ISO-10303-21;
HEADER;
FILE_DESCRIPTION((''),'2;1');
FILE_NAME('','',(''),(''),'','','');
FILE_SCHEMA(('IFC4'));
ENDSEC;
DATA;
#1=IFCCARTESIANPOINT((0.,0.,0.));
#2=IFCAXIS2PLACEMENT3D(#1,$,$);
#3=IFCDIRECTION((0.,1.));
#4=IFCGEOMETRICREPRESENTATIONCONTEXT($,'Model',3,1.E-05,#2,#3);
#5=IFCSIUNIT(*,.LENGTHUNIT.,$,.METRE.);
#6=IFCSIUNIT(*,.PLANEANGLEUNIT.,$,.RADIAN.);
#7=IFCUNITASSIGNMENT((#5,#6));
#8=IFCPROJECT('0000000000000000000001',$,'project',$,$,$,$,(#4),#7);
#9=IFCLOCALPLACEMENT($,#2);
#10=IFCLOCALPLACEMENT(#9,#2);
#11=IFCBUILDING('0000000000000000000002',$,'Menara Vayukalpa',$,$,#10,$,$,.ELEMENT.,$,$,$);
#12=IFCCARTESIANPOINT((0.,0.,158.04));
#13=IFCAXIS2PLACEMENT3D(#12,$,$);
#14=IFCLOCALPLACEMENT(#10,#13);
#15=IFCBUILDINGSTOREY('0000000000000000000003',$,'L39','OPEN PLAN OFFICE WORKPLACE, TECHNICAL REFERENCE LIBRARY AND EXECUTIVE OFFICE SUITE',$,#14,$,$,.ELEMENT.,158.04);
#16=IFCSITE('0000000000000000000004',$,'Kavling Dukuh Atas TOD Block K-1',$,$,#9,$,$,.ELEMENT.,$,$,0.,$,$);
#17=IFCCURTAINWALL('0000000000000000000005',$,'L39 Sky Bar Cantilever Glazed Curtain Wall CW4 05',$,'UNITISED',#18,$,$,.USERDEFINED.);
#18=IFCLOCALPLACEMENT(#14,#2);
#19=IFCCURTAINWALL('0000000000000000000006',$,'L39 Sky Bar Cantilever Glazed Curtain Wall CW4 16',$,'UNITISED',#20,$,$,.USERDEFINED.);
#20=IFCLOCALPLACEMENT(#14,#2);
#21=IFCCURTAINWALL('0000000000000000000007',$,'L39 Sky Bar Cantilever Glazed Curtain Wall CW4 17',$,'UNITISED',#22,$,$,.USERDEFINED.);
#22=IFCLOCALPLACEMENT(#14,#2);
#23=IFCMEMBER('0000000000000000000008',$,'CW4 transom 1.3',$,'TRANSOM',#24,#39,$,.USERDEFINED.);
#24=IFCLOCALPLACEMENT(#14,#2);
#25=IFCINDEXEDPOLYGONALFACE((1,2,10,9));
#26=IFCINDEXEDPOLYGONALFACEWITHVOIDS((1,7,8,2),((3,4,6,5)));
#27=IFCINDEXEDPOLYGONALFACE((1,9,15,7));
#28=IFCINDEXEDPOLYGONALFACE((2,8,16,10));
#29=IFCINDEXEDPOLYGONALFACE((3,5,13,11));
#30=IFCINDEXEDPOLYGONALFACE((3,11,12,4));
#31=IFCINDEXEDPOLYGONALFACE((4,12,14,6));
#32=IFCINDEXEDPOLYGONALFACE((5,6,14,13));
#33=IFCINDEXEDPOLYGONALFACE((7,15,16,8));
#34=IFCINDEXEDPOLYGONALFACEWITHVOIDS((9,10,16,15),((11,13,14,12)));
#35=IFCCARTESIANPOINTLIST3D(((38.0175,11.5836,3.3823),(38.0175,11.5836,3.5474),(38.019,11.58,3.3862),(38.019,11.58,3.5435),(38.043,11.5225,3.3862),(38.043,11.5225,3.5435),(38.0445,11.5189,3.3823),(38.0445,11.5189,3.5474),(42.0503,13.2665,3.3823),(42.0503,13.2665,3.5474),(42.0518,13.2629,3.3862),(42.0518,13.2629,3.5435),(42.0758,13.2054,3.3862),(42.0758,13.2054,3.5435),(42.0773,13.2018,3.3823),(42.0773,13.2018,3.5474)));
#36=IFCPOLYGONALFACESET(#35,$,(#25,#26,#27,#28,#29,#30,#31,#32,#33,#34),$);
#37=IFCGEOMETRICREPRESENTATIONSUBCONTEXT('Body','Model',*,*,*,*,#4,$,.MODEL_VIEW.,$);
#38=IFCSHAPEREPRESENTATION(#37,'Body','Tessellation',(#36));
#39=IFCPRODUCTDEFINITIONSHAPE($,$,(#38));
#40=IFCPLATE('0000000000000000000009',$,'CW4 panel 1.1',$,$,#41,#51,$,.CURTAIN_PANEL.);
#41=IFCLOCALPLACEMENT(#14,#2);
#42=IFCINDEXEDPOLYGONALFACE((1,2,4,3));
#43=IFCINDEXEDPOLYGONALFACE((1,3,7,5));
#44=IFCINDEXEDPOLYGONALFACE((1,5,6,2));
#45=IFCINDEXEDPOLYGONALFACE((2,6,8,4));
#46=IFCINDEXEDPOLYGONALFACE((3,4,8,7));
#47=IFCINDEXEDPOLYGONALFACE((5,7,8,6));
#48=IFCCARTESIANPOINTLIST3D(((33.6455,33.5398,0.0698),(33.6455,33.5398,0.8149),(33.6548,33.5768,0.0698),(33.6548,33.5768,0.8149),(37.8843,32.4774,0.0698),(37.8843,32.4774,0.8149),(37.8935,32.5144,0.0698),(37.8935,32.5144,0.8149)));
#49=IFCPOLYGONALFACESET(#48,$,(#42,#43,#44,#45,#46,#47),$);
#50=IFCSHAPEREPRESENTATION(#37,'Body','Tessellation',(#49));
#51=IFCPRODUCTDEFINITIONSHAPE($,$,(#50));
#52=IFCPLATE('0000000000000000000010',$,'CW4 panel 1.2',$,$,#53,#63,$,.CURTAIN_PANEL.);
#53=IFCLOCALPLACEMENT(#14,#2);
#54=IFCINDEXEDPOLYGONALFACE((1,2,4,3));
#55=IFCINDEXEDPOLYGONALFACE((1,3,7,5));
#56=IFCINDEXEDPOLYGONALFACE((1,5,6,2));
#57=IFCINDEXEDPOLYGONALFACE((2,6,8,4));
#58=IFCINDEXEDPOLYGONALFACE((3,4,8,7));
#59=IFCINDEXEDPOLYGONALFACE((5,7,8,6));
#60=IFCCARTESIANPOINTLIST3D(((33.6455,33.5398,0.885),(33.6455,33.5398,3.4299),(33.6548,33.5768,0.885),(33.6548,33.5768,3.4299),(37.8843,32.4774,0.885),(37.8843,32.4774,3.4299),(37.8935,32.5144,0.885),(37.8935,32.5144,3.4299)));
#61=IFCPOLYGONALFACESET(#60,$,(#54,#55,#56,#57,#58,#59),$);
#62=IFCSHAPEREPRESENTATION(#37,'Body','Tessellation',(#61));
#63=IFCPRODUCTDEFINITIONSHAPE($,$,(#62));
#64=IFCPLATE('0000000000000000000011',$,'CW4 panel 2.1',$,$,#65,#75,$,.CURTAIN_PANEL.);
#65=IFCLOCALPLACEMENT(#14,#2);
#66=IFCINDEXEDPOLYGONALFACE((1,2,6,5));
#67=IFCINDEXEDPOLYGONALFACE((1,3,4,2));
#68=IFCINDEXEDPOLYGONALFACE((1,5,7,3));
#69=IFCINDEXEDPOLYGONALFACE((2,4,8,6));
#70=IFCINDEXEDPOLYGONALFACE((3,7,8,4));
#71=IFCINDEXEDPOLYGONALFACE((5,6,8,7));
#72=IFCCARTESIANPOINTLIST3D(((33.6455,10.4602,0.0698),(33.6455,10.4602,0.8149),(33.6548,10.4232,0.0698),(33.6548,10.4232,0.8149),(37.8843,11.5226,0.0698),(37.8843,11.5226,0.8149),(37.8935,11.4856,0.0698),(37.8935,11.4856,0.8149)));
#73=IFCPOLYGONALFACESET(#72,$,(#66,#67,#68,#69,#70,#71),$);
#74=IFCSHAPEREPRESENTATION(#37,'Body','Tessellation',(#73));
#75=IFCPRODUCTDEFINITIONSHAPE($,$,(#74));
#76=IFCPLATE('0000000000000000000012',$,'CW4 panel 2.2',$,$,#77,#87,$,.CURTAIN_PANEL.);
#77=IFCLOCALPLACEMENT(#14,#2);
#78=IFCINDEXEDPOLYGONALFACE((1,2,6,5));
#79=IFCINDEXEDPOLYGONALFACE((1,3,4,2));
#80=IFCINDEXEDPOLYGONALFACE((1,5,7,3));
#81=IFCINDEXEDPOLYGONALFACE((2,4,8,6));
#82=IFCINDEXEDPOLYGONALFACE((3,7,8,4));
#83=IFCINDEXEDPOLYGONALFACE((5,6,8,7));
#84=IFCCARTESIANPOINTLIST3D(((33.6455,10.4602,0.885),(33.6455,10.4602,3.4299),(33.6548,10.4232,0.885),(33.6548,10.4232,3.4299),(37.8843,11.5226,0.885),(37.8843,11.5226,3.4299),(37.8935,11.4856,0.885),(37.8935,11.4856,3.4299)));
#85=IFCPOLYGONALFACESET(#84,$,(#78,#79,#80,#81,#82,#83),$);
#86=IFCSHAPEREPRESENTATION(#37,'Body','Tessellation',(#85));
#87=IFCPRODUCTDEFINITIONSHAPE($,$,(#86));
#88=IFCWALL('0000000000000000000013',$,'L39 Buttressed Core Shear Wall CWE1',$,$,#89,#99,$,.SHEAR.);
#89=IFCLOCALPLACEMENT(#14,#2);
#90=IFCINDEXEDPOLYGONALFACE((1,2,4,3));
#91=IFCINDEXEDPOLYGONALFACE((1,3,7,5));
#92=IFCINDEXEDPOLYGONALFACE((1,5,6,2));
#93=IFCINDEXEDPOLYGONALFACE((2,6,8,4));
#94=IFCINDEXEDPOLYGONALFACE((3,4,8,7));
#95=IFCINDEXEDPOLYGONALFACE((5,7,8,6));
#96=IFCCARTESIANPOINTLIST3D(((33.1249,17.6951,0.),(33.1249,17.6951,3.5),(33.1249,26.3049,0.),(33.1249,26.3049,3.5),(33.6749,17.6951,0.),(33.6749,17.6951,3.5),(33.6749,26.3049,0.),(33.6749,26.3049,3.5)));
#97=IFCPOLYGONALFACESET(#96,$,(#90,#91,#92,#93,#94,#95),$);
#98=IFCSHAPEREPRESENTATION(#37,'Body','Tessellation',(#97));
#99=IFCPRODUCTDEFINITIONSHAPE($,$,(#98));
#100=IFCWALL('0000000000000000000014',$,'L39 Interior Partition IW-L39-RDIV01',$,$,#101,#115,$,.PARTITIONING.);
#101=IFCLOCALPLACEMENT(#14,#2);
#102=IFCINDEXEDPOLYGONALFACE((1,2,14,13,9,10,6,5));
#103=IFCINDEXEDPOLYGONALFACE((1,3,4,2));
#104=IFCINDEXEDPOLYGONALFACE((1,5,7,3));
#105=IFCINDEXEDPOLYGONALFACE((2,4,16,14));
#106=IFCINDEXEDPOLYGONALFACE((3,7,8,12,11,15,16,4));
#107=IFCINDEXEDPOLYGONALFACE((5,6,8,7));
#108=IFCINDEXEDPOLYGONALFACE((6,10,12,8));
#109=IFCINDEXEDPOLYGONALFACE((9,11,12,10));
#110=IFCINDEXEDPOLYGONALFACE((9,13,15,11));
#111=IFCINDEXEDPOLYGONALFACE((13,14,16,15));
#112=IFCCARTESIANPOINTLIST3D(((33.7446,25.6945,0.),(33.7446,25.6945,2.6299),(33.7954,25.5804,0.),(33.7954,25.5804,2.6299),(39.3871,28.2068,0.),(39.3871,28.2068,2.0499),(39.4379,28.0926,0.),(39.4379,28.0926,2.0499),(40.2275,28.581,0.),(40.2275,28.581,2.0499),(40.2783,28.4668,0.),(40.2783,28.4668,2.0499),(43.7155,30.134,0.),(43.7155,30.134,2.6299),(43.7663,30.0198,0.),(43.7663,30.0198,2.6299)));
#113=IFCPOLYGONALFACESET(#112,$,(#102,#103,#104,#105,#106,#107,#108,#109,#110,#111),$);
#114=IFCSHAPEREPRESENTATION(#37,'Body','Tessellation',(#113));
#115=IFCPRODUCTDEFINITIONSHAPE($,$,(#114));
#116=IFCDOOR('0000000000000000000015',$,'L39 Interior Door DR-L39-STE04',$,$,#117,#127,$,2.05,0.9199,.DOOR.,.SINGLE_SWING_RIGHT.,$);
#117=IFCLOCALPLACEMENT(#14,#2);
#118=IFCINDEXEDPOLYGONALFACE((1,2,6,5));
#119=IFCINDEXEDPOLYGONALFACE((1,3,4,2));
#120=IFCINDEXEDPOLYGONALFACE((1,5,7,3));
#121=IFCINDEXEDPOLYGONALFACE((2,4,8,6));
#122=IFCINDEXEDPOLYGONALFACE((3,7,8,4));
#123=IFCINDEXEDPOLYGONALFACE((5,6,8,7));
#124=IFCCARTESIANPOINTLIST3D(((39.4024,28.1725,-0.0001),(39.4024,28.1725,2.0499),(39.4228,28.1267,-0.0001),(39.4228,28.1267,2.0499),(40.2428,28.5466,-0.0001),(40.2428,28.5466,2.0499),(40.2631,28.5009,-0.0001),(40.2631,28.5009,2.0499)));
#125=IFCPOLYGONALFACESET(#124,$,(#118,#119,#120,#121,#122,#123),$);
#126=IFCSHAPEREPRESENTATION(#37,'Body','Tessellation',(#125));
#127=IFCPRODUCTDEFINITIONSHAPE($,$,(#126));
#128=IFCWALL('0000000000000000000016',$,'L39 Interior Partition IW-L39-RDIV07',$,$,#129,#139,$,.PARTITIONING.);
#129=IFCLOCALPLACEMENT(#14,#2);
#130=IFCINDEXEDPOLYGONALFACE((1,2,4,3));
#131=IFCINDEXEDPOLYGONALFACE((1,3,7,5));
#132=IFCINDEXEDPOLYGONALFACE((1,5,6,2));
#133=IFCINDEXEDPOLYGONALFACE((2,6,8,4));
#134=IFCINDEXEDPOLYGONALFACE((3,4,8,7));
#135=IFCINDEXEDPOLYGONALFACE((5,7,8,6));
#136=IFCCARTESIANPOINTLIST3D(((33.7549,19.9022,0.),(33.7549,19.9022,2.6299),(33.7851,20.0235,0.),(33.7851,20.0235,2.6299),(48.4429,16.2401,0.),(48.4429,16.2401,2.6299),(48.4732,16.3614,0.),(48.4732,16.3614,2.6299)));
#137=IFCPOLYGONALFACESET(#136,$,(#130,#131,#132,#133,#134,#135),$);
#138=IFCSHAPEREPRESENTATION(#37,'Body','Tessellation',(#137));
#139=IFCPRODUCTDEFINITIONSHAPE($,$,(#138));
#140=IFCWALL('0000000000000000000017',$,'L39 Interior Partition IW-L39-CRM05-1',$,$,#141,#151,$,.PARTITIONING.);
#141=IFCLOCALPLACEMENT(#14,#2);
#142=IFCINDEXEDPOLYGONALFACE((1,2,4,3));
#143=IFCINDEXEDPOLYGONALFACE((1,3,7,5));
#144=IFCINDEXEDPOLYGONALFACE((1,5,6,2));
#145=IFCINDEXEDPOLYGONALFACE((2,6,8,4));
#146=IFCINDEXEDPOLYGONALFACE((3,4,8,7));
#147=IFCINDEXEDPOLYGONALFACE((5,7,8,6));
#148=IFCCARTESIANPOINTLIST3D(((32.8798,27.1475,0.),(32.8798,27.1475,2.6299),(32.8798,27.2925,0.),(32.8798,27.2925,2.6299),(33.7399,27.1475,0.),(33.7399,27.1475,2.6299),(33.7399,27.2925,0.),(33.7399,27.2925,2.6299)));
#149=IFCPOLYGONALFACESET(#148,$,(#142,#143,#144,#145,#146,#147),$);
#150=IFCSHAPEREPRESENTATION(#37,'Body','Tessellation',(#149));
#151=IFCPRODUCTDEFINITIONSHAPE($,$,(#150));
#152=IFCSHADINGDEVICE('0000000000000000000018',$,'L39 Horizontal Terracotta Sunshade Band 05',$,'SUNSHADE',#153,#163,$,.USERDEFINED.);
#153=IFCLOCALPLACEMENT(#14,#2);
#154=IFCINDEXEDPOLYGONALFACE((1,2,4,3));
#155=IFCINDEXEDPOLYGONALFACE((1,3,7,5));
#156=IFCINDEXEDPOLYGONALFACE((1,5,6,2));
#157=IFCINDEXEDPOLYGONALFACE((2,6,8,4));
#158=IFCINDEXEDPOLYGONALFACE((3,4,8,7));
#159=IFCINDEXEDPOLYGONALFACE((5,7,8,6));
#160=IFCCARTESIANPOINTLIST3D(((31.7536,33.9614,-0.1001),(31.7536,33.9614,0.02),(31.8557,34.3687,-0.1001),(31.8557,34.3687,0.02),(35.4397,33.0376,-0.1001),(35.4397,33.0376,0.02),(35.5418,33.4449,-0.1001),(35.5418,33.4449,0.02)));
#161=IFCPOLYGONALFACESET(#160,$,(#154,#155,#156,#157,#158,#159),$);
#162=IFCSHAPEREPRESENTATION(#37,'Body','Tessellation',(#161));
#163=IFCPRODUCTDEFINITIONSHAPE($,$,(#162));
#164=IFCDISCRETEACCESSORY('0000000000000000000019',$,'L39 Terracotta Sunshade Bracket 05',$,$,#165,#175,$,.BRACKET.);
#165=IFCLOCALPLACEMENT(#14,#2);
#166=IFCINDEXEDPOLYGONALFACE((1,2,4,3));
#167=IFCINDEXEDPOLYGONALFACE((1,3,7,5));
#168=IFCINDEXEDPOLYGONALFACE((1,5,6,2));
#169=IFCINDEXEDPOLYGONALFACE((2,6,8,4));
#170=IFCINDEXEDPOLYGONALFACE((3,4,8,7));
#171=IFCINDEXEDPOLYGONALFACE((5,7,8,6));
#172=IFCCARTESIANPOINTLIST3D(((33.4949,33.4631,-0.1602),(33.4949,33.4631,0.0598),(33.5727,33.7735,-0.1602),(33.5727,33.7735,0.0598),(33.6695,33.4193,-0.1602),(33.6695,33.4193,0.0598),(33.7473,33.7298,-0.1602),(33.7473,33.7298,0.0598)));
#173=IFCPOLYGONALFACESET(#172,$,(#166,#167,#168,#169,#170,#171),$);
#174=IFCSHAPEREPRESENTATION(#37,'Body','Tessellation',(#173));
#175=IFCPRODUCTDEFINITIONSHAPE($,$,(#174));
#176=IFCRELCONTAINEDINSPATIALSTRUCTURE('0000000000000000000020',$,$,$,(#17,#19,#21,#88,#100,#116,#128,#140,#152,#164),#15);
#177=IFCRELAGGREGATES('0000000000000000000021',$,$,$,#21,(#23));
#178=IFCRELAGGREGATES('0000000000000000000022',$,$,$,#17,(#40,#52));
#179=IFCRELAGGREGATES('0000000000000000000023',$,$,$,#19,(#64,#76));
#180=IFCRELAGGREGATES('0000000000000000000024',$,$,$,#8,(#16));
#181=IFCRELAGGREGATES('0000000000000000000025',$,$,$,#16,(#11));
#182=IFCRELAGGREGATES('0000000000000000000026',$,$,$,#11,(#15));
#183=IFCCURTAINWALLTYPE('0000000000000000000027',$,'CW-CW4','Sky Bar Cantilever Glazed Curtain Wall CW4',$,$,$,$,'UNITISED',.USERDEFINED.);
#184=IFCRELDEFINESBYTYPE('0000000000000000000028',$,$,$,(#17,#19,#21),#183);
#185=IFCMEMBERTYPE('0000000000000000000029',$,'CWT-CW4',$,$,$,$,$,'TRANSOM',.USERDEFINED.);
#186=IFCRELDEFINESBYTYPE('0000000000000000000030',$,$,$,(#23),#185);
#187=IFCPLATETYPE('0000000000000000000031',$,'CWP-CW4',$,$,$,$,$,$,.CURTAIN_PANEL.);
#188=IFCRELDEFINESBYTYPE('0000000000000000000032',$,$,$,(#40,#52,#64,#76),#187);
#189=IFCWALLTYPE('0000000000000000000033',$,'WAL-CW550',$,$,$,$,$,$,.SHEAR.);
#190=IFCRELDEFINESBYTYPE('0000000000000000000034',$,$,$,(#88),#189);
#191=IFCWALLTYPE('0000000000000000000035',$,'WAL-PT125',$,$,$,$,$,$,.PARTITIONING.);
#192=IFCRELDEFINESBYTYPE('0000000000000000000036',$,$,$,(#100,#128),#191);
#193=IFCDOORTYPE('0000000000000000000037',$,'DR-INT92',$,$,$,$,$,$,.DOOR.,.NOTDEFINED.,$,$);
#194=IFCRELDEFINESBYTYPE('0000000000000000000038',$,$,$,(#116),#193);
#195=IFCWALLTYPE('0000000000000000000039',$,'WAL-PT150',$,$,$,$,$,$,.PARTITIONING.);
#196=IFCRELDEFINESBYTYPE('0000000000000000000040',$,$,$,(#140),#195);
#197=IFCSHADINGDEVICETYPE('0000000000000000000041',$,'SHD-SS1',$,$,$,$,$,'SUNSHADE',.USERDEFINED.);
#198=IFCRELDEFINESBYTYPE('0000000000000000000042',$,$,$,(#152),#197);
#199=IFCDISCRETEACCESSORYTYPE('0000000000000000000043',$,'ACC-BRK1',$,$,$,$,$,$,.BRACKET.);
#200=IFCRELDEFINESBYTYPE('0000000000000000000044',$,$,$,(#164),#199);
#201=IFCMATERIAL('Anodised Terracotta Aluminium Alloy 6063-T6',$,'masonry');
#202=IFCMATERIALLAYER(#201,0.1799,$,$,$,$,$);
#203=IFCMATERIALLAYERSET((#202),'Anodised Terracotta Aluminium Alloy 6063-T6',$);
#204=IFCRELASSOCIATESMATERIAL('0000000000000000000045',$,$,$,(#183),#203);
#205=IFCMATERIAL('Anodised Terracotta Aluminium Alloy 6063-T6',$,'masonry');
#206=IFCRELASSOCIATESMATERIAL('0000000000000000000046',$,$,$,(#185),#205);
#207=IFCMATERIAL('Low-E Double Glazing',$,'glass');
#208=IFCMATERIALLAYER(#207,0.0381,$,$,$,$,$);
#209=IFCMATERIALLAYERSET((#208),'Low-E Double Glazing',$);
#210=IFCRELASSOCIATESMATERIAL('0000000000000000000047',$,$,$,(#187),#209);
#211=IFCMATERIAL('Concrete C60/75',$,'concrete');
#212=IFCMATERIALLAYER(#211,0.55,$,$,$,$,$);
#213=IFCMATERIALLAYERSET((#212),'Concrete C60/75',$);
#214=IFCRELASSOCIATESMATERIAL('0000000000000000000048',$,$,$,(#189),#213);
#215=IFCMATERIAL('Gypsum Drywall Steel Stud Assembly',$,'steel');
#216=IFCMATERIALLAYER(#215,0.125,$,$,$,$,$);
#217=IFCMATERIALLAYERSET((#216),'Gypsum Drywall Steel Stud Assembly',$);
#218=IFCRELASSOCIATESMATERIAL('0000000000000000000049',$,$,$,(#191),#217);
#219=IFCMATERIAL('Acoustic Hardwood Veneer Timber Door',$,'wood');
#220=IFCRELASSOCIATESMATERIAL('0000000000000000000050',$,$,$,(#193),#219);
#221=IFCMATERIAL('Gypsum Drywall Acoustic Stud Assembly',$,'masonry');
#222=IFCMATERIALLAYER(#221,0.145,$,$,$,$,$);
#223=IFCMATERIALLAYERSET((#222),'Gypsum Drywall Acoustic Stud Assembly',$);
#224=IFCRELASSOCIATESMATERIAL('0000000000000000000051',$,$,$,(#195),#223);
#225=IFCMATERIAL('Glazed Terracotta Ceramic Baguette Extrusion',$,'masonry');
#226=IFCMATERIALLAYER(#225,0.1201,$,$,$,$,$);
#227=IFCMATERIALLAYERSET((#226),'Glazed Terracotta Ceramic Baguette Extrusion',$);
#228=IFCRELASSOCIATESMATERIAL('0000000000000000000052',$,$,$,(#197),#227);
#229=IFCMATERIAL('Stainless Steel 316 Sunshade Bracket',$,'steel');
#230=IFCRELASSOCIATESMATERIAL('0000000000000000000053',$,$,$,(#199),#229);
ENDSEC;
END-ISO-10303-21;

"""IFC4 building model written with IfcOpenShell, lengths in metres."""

from ifc_helpers import new_model, si_unit, direction, frame, frame_2d, origin, origin_2d, place, context, subcontext, project, spatial, rectangle, hollow_rectangle, extrude, material, layer, layer_set, material_profile, profile_set, type_object, element, fill, aggregate, save


model = new_model("IFC4")

# Units and contexts
model_context = context("Model", 3, precision=1e-05, world=origin(), true_north=direction((0.0, 1.0)))
body_context = subcontext(model_context, "Body", "Model", "MODEL_VIEW")
ifc_project = project(units=[si_unit("LENGTHUNIT", "METRE"), si_unit("PLANEANGLEUNIT", "RADIAN")], contexts=[model_context])

# Site, building, storey
site_placement = place(None, origin())
site = spatial("IfcSite", under=ifc_project, at=site_placement, Name="Kavling Dukuh Atas TOD Block K-1", CompositionType="ELEMENT", RefElevation=0.0)
building_placement = place(site_placement, origin())
building = spatial("IfcBuilding", under=site, at=building_placement, Name="Menara Vayukalpa", CompositionType="ELEMENT")
storey_placement = place(building_placement, frame((0.0, 0.0, 158.04)))
storey = spatial("IfcBuildingStorey", under=building, at=storey_placement, Name="L39", Description="OPEN PLAN OFFICE WORKPLACE, TECHNICAL REFERENCE LIBRARY AND EXECUTIVE OFFICE SUITE", CompositionType="ELEMENT", Elevation=158.04)

# Shared definitions
ifc_material_1 = material(Name="Anodised Terracotta Aluminium Alloy 6063-T6", Category="masonry")
ifc_layer_1 = layer(ifc_material_1, 0.1799)
ifc_layer_set_1 = layer_set([ifc_layer_1], Name="Anodised Terracotta Aluminium Alloy 6063-T6")
curtain_wall_type = type_object("IfcCurtainWallType", Name="CW-CW4", Description="Sky Bar Cantilever Glazed Curtain Wall CW4", ElementType="UNITISED", PredefinedType="USERDEFINED", material=ifc_layer_set_1)

# Curtain walls
curtain_wall_1_placement = place(storey_placement, origin())
curtain_wall_1 = element("IfcCurtainWall", 1, at=curtain_wall_1_placement, inside=storey, type_object=curtain_wall_type, Name="L39 Sky Bar Cantilever Glazed Curtain Wall CW4 05", ObjectType="UNITISED", PredefinedType="USERDEFINED")
curtain_wall_2_placement = place(storey_placement, origin())
curtain_wall_2 = element("IfcCurtainWall", 2, at=curtain_wall_2_placement, inside=storey, type_object=curtain_wall_type, Name="L39 Sky Bar Cantilever Glazed Curtain Wall CW4 16", ObjectType="UNITISED", PredefinedType="USERDEFINED")

# Curtain wall
curtain_wall_3_placement = place(storey_placement, origin())
curtain_wall_3 = element("IfcCurtainWall", 3, at=curtain_wall_3_placement, inside=storey, type_object=curtain_wall_type, Name="L39 Sky Bar Cantilever Glazed Curtain Wall CW4 17", ObjectType="UNITISED", PredefinedType="USERDEFINED")

# Member
ifc_material_2 = material(Name="Anodised Terracotta Aluminium Alloy 6063-T6", Category="masonry")
ifc_material_profile_1 = material_profile(ifc_material_2, hollow_rectangle(XDim=0.0701, YDim=0.165, WallThickness=0.0039, at=origin_2d()), Name="ALU 70x165x4")
ifc_profile_set_1 = profile_set([ifc_material_profile_1], Name="Anodised Terracotta Aluminium Alloy 6063-T6")
member_type_1 = type_object("IfcMemberType", Name="CWT-CW4", ElementType="TRANSOM", PredefinedType="USERDEFINED", material=ifc_profile_set_1)
member_1_placement = place(storey_placement, frame((38.031, 11.5513, 3.4648), z_axis=(0.922869, 0.385115, 0.0), x_axis=(-0.385115, 0.922869, 0.0)))
member_1 = element("IfcMember", 4, at=member_1_placement, type_object=member_type_1, Name="CW4 transom 1.3", ObjectType="TRANSOM", PredefinedType="USERDEFINED", context=body_context, shape_type="SweptSolid", body=[
    extrude(hollow_rectangle(XDim=0.0701, YDim=0.165, WallThickness=0.0039, at=origin_2d()), origin(), (0.0, 0.0, 1.0), 4.3699),
])
aggregate(curtain_wall_3, [member_1])

# Plates
ifc_material_3 = material(Name="Low-E Double Glazing", Category="glass")
ifc_layer_2 = layer(ifc_material_3, 0.0381)
ifc_layer_set_2 = layer_set([ifc_layer_2], Name="Low-E Double Glazing")
plate_type = type_object("IfcPlateType", Name="CWP-CW4", PredefinedType="CURTAIN_PANEL", material=ifc_layer_set_2)
plate_1_placement = place(storey_placement, frame((35.7695, 33.0271, 0.0698), z_axis=(0.0, 0.0, 1.0), x_axis=(-0.969998, 0.243113, 0.0)))
plate_1 = element("IfcPlate", 5, at=plate_1_placement, type_object=plate_type, Name="CW4 panel 1.1", PredefinedType="CURTAIN_PANEL", context=body_context, shape_type="SweptSolid", body=[
    extrude(rectangle(XDim=4.3699, YDim=0.0381, at=origin_2d()), origin(), (0.0, 0.0, 1.0), 0.7451),
])
plate_2_placement = place(storey_placement, frame((35.7695, 33.0271, 0.885), z_axis=(0.0, 0.0, 1.0), x_axis=(-0.969998, 0.243113, 0.0)))
plate_2 = element("IfcPlate", 6, at=plate_2_placement, type_object=plate_type, Name="CW4 panel 1.2", PredefinedType="CURTAIN_PANEL", context=body_context, shape_type="SweptSolid", body=[
    extrude(rectangle(XDim=4.3699, YDim=0.0381, at=origin_2d()), origin(), (0.0, 0.0, 1.0), 2.5449),
])
aggregate(curtain_wall_1, [plate_1, plate_2])
plate_3_placement = place(storey_placement, frame((35.7695, 10.9729, 0.0698), z_axis=(0.0, 0.0, 1.0), x_axis=(0.969998, 0.243113, 0.0)))
plate_3 = element("IfcPlate", 7, at=plate_3_placement, type_object=plate_type, Name="CW4 panel 2.1", PredefinedType="CURTAIN_PANEL", context=body_context, shape_type="SweptSolid", body=[
    extrude(rectangle(XDim=4.3699, YDim=0.0381, at=origin_2d()), origin(), (0.0, 0.0, 1.0), 0.7451),
])
plate_4_placement = place(storey_placement, frame((35.7695, 10.9729, 0.885), z_axis=(0.0, 0.0, 1.0), x_axis=(0.969998, 0.243113, 0.0)))
plate_4 = element("IfcPlate", 8, at=plate_4_placement, type_object=plate_type, Name="CW4 panel 2.2", PredefinedType="CURTAIN_PANEL", context=body_context, shape_type="SweptSolid", body=[
    extrude(rectangle(XDim=4.3699, YDim=0.0381, at=origin_2d()), origin(), (0.0, 0.0, 1.0), 2.5449),
])
aggregate(curtain_wall_2, [plate_3, plate_4])

# Wall
ifc_material_4 = material(Name="Concrete C60/75", Category="concrete")
ifc_layer_3 = layer(ifc_material_4, 0.55)
ifc_layer_set_3 = layer_set([ifc_layer_3], Name="Concrete C60/75")
wall_type_1 = type_object("IfcWallType", Name="WAL-CW550", PredefinedType="SHEAR", material=ifc_layer_set_3)
wall_1_placement = place(storey_placement, frame((33.3999, 17.6951, 0.0), z_axis=(0.0, 0.0, 1.0), x_axis=(0.0, 1.0, 0.0)))
element("IfcWall", 9, at=wall_1_placement, inside=storey, type_object=wall_type_1, Name="L39 Buttressed Core Shear Wall CWE1", PredefinedType="SHEAR", context=body_context, shape_type="SweptSolid", body=[
    extrude(rectangle(XDim=8.6099, YDim=0.55, at=frame_2d((4.3049, 0.0))), origin(), (0.0, 0.0, 1.0), 3.5),
])

# Wall, opening, door
ifc_material_5 = material(Name="Gypsum Drywall Steel Stud Assembly", Category="steel")
ifc_layer_4 = layer(ifc_material_5, 0.125)
ifc_layer_set_4 = layer_set([ifc_layer_4], Name="Gypsum Drywall Steel Stud Assembly")
wall_type_2 = type_object("IfcWallType", Name="WAL-PT125", PredefinedType="PARTITIONING", material=ifc_layer_set_4)
wall_2_placement = place(storey_placement, frame((33.77, 25.6375, 0.0), z_axis=(0.0, 0.0, 1.0), x_axis=(0.913542, 0.406744, 0.0)))
wall_2 = element("IfcWall", 10, at=wall_2_placement, inside=storey, type_object=wall_type_2, Name="L39 Interior Partition IW-L39-RDIV01", PredefinedType="PARTITIONING", context=body_context, shape_type="SweptSolid", body=[
    extrude(rectangle(XDim=10.9146, YDim=0.125, at=frame_2d((5.4573, 0.0))), origin(), (0.0, 0.0, 1.0), 2.6299),
])
opening_placement = place(wall_2_placement, frame((6.1765, 0.0, 0.0)))
opening = element("IfcOpeningElement", 11, at=opening_placement, cuts=wall_2, PredefinedType="OPENING", context=body_context, shape_type="SweptSolid", body=[
    extrude(rectangle(XDim=0.9199, YDim=2.05, at=frame_2d((0.46, 1.0249))), frame((0.0, 0.0725, 0.0), z_axis=(0.0, -1.0, 0.0), x_axis=(1.0, 0.0, 0.0)), (0.0, 0.0, 1.0), 0.145),
])
ifc_material_6 = material(Name="Acoustic Hardwood Veneer Timber Door", Category="wood")
door_type = type_object("IfcDoorType", Name="DR-INT92", OperationType="NOTDEFINED", PredefinedType="DOOR", material=ifc_material_6)
door_placement = place(opening_placement, origin())
door = element("IfcDoor", 12, at=door_placement, inside=storey, type_object=door_type, Name="L39 Interior Door DR-L39-STE04", OperationType="SINGLE_SWING_RIGHT", OverallHeight=2.05, OverallWidth=0.9199, PredefinedType="DOOR", context=body_context, shape_type="SweptSolid", body=[
    extrude(rectangle(XDim=0.9199, YDim=2.05, at=frame_2d((0.46, 1.0249))), frame((0.0, 0.0249, 0.0), z_axis=(0.0, -1.0, 0.0), x_axis=(1.0, 0.0, 0.0)), (0.0, 0.0, 1.0), 0.05),
])
fill(opening, door)

# Walls
wall_3_placement = place(storey_placement, frame((33.77, 19.9629, 0.0), z_axis=(0.0, 0.0, 1.0), x_axis=(0.970296, -0.241921, 0.0)))
element("IfcWall", 13, at=wall_3_placement, inside=storey, type_object=wall_type_2, Name="L39 Interior Partition IW-L39-RDIV07", PredefinedType="PARTITIONING", context=body_context, shape_type="SweptSolid", body=[
    extrude(rectangle(XDim=15.1377, YDim=0.125, at=frame_2d((7.5688, 0.0))), origin(), (0.0, 0.0, 1.0), 2.6299),
])
ifc_material_7 = material(Name="Gypsum Drywall Acoustic Stud Assembly", Category="masonry")
ifc_layer_5 = layer(ifc_material_7, 0.145)
ifc_layer_set_5 = layer_set([ifc_layer_5], Name="Gypsum Drywall Acoustic Stud Assembly")
wall_type_3 = type_object("IfcWallType", Name="WAL-PT150", PredefinedType="PARTITIONING", material=ifc_layer_set_5)
wall_4_placement = place(storey_placement, frame((33.74, 27.22, 0.0), z_axis=(0.0, 0.0, 1.0), x_axis=(-1.0, 0.0, 0.0)))
element("IfcWall", 14, at=wall_4_placement, inside=storey, type_object=wall_type_3, Name="L39 Interior Partition IW-L39-CRM05-1", PredefinedType="PARTITIONING", context=body_context, shape_type="SweptSolid", body=[
    extrude(rectangle(XDim=0.8601, YDim=0.145, at=frame_2d((0.4302, 0.0))), origin(), (0.0, 0.0, 1.0), 2.6299),
])

# Shading device
ifc_material_8 = material(Name="Glazed Terracotta Ceramic Baguette Extrusion", Category="masonry")
ifc_layer_6 = layer(ifc_material_8, 0.1201)
ifc_layer_set_6 = layer_set([ifc_layer_6], Name="Glazed Terracotta Ceramic Baguette Extrusion")
shading_device_type = type_object("IfcShadingDeviceType", Name="SHD-SS1", ElementType="SUNSHADE", PredefinedType="USERDEFINED", material=ifc_layer_set_6)
shading_device_placement = place(storey_placement, frame((33.6477, 33.7031, -0.1001), z_axis=(0.0, 0.0, 1.0), x_axis=(-0.969999, 0.243107, 0.0)))
element("IfcShadingDevice", 15, at=shading_device_placement, inside=storey, type_object=shading_device_type, Name="L39 Horizontal Terracotta Sunshade Band 05", ObjectType="SUNSHADE", PredefinedType="USERDEFINED", context=body_context, shape_type="SweptSolid", body=[
    extrude(rectangle(XDim=3.8, YDim=0.4199, at=origin_2d()), origin(), (0.0, 0.0, 1.0), 0.1201),
])

# Discrete accessory
ifc_material_9 = material(Name="Stainless Steel 316 Sunshade Bracket", Category="steel")
discrete_accessory_type = type_object("IfcDiscreteAccessoryType", Name="ACC-BRK1", PredefinedType="BRACKET", material=ifc_material_9)
discrete_accessory_placement = place(storey_placement, frame((33.6211, 33.5964, -0.1602), z_axis=(0.0, 0.0, 1.0), x_axis=(-0.969999, 0.243107, 0.0)))
element("IfcDiscreteAccessory", 16, at=discrete_accessory_placement, inside=storey, type_object=discrete_accessory_type, Name="L39 Terracotta Sunshade Bracket 05", PredefinedType="BRACKET", context=body_context, shape_type="SweptSolid", body=[
    extrude(rectangle(XDim=0.1799, YDim=0.3201, at=origin_2d()), origin(), (0.0, 0.0, 1.0), 0.22),
])

save(model, "model.ifc")
